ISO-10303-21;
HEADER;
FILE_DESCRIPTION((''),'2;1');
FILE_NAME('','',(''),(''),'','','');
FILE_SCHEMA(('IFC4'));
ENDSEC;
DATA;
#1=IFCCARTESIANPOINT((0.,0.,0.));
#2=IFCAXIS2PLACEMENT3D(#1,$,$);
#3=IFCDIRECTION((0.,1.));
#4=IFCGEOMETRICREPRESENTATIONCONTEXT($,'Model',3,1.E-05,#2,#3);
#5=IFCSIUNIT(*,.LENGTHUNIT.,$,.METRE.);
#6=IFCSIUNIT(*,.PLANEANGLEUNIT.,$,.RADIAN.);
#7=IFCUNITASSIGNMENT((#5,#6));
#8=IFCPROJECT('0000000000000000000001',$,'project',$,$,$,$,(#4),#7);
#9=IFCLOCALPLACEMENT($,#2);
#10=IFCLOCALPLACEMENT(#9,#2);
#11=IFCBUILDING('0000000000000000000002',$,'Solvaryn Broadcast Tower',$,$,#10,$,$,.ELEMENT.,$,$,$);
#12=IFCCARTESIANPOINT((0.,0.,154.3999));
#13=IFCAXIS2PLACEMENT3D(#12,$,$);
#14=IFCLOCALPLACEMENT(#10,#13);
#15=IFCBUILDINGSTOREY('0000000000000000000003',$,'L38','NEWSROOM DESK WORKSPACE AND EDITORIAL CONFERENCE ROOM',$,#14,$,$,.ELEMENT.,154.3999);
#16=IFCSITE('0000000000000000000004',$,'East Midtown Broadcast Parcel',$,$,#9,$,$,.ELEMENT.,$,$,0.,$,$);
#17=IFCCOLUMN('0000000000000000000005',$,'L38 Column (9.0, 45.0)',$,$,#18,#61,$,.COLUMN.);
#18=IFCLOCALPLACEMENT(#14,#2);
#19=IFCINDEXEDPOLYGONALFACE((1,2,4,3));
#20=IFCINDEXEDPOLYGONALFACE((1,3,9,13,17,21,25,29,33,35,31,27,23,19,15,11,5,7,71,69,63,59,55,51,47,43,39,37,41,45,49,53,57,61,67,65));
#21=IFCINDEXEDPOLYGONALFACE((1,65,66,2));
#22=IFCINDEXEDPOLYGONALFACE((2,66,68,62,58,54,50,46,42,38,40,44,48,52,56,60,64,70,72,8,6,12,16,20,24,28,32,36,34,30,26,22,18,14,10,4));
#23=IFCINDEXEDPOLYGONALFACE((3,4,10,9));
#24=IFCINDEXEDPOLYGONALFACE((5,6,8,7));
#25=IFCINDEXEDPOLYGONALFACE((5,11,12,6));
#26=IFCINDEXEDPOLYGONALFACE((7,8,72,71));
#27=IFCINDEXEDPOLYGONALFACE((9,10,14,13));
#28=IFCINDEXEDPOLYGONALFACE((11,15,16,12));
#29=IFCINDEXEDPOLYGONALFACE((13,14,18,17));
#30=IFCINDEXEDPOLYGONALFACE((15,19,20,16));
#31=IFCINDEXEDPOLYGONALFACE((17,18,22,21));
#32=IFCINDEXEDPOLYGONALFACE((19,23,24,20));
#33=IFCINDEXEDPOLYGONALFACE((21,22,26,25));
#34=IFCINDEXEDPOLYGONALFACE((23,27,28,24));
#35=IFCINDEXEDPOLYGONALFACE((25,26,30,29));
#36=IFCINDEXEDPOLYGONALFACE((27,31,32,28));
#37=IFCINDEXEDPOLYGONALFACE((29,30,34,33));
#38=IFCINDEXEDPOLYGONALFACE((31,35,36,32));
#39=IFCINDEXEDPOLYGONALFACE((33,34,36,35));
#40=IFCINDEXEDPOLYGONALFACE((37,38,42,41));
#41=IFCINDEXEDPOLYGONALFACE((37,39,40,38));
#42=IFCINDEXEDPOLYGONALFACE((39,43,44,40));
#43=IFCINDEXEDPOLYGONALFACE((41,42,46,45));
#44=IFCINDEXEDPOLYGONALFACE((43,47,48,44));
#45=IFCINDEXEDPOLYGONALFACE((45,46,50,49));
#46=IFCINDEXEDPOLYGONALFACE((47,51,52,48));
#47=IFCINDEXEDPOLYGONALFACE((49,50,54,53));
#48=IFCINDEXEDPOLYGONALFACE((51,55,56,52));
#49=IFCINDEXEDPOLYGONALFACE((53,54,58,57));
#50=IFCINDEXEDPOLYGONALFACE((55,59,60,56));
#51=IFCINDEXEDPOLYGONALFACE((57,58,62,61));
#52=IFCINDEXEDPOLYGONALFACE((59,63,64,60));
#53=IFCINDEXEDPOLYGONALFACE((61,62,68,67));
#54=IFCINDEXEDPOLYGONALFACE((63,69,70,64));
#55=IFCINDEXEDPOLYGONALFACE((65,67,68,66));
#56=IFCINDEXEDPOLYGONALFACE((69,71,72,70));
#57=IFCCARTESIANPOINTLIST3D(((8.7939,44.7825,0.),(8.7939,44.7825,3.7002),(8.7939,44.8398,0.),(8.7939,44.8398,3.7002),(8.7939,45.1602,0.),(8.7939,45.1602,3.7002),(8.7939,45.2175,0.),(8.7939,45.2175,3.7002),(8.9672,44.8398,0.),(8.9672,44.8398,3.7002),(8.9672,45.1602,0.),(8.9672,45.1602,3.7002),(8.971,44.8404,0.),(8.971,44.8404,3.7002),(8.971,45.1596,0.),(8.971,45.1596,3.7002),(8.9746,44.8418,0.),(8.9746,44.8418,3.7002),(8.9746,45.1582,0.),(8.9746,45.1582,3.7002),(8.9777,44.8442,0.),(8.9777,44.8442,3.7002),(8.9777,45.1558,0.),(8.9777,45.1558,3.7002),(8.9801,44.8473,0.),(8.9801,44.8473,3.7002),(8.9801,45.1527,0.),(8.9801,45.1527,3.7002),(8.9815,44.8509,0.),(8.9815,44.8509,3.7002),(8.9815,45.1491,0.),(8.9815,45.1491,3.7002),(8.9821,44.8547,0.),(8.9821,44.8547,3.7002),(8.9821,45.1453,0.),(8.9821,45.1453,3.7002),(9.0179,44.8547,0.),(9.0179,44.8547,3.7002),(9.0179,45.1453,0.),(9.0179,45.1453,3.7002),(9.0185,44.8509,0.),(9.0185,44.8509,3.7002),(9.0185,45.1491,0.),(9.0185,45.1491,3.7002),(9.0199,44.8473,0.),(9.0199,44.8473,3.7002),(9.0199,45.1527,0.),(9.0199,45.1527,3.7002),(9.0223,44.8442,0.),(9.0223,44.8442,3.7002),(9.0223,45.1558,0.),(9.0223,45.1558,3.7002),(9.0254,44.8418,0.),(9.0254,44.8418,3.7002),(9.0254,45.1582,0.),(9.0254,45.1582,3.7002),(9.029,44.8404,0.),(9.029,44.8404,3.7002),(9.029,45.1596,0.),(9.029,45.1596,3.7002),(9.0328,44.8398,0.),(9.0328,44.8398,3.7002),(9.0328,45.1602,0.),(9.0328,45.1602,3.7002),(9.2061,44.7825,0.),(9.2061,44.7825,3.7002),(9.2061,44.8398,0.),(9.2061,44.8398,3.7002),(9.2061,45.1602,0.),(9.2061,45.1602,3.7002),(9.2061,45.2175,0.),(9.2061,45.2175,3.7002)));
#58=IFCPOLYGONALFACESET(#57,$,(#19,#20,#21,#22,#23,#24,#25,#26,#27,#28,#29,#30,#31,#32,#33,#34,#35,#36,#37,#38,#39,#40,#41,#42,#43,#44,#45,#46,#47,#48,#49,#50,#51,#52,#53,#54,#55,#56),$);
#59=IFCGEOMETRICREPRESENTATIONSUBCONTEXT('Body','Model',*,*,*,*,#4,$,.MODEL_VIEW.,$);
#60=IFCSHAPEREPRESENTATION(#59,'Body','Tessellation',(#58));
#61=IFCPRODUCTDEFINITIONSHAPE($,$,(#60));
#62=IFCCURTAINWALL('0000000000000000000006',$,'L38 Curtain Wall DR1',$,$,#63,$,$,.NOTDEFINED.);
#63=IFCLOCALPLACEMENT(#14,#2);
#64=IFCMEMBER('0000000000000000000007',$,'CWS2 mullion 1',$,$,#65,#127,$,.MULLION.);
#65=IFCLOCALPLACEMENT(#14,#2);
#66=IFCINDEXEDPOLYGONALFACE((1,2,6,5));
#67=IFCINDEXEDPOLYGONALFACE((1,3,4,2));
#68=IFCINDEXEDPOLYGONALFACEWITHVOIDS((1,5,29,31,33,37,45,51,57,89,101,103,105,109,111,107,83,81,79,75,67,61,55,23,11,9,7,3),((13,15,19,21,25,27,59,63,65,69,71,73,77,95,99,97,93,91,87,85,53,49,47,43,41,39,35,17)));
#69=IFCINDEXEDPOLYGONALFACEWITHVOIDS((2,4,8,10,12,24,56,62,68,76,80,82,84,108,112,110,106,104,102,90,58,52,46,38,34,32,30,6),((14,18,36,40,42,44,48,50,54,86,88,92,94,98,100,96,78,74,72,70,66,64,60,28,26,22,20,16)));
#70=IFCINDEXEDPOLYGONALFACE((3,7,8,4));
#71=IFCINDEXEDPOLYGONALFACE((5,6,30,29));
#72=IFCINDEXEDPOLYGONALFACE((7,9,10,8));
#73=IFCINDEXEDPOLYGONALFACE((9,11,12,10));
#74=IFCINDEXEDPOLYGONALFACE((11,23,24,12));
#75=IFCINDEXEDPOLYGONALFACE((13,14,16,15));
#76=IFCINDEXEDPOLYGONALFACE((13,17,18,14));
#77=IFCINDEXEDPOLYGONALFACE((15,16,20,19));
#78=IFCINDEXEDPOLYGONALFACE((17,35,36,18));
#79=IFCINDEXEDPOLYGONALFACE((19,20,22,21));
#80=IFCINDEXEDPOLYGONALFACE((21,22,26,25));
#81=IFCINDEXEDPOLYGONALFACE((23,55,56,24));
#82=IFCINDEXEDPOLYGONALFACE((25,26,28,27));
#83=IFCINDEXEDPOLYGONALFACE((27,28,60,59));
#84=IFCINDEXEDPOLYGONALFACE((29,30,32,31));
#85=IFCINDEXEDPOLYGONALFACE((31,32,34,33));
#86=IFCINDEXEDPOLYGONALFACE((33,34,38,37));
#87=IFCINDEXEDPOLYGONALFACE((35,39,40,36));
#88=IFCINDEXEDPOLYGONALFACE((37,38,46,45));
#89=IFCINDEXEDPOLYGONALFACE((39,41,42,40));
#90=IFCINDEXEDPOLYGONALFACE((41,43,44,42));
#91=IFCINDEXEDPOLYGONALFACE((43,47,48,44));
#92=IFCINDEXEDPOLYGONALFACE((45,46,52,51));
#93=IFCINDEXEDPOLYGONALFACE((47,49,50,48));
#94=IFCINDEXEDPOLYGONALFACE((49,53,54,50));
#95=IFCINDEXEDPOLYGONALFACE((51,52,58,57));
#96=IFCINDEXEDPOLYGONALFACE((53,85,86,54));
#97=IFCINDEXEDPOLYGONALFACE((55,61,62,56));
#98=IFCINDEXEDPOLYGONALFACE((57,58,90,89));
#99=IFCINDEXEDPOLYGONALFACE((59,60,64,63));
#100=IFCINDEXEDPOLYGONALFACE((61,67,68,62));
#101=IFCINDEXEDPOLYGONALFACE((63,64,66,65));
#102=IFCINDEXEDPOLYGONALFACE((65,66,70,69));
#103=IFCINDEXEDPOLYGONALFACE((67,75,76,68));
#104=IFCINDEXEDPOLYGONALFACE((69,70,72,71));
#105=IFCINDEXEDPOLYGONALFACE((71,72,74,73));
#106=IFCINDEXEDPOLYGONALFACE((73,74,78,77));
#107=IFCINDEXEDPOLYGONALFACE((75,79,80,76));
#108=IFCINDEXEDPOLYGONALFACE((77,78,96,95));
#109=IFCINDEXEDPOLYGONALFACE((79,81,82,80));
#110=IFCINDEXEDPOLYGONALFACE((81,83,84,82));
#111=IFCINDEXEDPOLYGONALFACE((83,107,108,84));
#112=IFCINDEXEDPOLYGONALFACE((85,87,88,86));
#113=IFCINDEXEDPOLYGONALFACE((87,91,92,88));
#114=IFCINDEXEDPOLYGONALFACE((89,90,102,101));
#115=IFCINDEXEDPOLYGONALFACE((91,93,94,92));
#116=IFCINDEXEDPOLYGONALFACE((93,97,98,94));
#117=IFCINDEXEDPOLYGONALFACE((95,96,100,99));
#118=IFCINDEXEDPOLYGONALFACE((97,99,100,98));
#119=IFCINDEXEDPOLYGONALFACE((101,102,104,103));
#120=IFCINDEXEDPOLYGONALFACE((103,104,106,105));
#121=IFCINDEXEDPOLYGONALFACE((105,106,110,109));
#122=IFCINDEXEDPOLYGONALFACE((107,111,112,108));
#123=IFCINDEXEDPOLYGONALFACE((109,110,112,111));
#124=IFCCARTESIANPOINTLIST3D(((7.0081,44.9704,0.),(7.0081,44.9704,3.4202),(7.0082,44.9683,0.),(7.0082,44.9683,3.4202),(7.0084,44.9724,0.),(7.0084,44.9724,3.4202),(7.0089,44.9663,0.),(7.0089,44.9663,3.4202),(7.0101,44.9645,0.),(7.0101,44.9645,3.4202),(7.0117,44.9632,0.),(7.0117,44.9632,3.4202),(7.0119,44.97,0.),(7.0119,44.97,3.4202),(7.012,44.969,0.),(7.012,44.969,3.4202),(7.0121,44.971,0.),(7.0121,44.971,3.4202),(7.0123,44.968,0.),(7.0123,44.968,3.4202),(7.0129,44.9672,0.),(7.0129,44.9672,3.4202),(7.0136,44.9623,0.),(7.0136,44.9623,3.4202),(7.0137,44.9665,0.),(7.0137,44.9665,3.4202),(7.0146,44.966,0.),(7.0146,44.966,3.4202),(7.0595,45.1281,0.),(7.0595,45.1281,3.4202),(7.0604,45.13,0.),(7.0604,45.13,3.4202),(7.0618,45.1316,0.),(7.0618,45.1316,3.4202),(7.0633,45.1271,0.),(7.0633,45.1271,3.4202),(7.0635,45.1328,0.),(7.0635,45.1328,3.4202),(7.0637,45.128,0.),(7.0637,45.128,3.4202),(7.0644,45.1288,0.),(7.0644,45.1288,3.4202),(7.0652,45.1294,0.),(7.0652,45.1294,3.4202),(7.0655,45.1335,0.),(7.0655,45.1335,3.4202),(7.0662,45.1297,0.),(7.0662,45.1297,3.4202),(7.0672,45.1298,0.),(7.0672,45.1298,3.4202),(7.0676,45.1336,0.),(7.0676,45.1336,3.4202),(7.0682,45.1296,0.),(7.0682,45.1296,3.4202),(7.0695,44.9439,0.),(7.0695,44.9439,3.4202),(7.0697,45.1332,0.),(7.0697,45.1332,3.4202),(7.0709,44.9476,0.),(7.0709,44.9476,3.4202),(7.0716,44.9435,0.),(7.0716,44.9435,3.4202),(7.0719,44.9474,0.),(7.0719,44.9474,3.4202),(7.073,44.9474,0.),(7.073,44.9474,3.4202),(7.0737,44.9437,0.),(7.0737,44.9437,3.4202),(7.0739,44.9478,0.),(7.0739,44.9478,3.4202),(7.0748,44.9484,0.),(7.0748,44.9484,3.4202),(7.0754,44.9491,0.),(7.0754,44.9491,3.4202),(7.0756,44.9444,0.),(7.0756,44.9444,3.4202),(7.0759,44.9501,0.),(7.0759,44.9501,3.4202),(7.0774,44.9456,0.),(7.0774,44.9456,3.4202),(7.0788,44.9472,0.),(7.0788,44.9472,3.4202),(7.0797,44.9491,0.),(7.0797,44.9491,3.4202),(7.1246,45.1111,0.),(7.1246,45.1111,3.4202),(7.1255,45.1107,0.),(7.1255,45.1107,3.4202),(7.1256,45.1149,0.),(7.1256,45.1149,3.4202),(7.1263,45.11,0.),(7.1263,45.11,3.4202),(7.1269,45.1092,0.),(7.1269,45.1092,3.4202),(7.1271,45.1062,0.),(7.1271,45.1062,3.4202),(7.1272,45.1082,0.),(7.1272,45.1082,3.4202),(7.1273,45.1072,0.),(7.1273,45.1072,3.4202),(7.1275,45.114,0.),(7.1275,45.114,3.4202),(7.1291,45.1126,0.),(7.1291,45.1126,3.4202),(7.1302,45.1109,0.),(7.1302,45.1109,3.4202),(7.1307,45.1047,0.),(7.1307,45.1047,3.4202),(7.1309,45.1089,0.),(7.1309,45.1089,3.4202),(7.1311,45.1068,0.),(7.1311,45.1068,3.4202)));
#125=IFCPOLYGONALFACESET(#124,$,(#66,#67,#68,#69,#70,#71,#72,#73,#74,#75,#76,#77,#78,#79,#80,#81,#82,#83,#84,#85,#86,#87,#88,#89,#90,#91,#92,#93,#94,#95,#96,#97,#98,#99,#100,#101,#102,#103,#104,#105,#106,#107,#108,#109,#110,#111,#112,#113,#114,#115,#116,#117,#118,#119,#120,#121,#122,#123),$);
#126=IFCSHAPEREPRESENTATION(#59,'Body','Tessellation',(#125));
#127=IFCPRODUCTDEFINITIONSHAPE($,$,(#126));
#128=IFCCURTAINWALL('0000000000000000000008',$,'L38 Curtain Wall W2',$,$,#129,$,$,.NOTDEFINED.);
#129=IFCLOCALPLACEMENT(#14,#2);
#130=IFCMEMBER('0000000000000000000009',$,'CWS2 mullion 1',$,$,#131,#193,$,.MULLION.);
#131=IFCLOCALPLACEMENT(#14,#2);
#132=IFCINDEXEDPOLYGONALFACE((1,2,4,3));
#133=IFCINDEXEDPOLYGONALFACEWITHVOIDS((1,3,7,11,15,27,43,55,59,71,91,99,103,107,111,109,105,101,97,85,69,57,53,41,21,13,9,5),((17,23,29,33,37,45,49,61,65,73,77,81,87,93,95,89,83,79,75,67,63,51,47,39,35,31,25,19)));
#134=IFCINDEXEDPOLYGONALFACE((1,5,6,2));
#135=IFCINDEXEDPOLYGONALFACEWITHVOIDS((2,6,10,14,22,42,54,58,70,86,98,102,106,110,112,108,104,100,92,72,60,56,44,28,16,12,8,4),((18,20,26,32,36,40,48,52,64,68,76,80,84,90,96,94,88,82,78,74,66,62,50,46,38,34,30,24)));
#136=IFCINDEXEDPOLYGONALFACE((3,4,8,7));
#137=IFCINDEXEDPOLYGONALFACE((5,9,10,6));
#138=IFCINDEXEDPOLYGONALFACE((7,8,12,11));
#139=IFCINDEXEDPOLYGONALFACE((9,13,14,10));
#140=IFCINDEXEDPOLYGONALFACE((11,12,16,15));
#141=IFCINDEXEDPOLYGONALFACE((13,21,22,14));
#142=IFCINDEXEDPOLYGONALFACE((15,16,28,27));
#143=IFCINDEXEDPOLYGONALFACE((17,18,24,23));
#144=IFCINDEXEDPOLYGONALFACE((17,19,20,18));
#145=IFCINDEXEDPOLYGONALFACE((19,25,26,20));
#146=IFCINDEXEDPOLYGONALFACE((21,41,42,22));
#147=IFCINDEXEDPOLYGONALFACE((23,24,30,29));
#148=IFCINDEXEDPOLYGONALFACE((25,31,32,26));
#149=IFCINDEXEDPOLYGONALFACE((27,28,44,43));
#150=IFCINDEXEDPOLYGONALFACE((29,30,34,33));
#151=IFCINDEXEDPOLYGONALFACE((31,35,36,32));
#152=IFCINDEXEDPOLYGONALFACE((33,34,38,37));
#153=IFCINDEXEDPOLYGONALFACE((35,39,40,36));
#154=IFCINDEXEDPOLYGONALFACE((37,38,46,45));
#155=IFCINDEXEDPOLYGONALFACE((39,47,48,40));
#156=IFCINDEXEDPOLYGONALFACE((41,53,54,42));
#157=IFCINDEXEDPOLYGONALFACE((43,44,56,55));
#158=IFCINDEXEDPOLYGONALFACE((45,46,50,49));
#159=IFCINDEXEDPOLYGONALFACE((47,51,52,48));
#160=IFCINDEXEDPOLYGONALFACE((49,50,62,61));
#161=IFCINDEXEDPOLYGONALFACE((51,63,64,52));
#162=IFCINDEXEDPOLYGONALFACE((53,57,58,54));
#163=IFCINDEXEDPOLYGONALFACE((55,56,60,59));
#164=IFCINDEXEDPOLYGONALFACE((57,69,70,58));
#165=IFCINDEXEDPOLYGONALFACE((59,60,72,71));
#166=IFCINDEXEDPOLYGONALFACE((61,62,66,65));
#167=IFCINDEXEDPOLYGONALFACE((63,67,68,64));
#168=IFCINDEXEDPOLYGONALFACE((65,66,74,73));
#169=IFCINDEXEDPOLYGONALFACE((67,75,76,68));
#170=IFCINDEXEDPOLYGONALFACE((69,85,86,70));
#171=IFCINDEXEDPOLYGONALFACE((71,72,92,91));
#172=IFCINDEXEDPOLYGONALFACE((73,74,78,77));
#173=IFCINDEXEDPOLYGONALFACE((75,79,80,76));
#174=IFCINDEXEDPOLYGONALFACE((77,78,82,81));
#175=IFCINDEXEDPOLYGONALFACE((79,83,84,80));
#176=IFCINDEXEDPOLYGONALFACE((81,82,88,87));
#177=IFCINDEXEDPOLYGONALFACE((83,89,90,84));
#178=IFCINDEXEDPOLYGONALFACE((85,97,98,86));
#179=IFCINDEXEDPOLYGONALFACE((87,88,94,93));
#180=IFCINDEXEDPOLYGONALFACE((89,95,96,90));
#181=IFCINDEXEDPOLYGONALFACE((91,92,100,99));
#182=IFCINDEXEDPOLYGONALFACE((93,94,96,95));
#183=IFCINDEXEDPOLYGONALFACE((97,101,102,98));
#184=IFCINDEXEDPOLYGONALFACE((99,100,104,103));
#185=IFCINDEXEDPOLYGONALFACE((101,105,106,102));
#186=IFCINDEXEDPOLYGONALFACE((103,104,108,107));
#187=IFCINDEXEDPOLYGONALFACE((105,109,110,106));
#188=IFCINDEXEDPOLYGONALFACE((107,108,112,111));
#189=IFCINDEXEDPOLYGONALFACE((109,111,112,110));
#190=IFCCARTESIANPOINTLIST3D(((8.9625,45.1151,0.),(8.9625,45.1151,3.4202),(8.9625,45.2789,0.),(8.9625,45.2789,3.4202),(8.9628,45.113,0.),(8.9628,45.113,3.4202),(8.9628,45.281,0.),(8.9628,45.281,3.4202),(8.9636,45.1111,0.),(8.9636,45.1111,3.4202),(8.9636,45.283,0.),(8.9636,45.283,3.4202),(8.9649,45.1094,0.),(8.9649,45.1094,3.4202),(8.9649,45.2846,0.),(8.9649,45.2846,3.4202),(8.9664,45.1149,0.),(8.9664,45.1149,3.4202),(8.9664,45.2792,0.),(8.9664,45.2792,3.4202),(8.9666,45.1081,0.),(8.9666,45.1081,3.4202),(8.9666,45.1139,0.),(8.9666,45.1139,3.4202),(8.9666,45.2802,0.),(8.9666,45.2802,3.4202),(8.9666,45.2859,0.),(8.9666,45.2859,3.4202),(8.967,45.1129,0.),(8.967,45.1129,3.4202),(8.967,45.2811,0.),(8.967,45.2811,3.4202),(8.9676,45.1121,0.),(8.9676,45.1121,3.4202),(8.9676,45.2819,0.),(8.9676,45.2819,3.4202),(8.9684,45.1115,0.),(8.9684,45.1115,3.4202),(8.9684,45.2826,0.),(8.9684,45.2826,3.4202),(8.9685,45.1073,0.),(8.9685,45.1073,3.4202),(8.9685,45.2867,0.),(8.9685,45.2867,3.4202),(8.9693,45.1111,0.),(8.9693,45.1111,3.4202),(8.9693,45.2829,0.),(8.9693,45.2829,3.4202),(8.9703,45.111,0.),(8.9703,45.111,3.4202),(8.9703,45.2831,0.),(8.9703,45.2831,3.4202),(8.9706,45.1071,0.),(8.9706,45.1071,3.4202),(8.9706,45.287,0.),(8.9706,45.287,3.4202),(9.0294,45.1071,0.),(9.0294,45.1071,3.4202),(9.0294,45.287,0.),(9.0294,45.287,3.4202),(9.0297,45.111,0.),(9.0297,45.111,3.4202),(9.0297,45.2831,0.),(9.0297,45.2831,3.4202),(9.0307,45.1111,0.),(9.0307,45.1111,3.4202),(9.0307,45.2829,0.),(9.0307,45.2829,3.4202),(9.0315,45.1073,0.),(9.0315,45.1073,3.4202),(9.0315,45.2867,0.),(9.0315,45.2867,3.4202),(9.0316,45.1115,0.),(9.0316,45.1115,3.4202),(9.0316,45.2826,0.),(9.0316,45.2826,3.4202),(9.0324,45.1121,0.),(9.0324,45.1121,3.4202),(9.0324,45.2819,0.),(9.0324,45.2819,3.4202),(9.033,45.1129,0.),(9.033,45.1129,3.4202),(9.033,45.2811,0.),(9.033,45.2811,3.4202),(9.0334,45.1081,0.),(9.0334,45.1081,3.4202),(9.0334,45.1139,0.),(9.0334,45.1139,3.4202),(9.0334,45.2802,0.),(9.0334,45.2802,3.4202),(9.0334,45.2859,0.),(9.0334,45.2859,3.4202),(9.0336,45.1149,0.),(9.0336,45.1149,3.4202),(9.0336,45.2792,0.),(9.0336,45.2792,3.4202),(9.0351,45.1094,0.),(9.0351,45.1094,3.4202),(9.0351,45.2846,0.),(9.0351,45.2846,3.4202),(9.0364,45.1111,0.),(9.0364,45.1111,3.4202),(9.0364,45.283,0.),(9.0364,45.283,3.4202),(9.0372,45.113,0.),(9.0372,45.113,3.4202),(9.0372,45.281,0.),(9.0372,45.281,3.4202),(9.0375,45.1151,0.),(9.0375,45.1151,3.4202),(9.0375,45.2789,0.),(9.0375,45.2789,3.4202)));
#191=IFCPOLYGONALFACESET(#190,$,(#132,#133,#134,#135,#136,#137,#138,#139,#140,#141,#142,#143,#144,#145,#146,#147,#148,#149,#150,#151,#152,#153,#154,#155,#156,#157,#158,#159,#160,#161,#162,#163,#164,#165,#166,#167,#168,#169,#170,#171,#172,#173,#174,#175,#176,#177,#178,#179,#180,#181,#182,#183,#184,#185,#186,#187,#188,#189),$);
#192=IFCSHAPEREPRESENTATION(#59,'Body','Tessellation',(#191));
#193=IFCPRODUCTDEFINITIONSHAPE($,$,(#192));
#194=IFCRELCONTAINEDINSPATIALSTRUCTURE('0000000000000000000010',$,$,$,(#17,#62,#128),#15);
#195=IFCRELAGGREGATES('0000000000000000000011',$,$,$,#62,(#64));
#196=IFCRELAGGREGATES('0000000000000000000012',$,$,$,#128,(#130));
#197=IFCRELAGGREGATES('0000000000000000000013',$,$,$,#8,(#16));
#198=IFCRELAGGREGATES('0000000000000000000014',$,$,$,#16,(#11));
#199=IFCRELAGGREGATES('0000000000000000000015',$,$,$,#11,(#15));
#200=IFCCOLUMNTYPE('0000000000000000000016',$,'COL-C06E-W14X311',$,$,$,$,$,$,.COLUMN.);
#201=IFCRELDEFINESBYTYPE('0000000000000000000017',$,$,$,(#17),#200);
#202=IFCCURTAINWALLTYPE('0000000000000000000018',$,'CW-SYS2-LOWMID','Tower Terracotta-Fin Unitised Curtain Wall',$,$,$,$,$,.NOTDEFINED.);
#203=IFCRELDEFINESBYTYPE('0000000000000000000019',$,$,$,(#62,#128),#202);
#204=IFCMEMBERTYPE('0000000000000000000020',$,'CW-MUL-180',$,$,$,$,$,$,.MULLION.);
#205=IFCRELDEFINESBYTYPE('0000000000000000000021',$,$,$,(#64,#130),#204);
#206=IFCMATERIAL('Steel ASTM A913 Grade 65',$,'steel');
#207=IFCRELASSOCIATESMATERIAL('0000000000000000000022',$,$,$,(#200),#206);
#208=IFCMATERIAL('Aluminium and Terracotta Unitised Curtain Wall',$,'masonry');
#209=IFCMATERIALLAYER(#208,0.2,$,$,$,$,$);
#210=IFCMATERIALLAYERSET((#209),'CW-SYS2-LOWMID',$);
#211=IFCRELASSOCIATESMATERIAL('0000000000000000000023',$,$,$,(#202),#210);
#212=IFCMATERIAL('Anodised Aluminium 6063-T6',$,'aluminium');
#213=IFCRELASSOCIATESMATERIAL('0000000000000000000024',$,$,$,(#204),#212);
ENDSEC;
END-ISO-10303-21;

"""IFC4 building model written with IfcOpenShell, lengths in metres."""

from ifc_helpers import new_model, si_unit, direction, frame, origin, origin_2d, place, context, subcontext, project, spatial, hollow_rectangle, i_section, extrude, material, layer, layer_set, material_profile, profile_set, type_object, element, aggregate, save


model = new_model("IFC4")

# Units and contexts
model_context = context("Model", 3, precision=1e-05, world=origin(), true_north=direction((0.0, 1.0)))
body_context = subcontext(model_context, "Body", "Model", "MODEL_VIEW")
ifc_project = project(units=[si_unit("LENGTHUNIT", "METRE"), si_unit("PLANEANGLEUNIT", "RADIAN")], contexts=[model_context])

# Site, building, storey
site_placement = place(None, origin())
site = spatial("IfcSite", under=ifc_project, at=site_placement, Name="East Midtown Broadcast Parcel", CompositionType="ELEMENT", RefElevation=0.0)
building_placement = place(site_placement, origin())
building = spatial("IfcBuilding", under=site, at=building_placement, Name="Solvaryn Broadcast Tower", CompositionType="ELEMENT")
storey_placement = place(building_placement, frame((0.0, 0.0, 154.3999)))
storey = spatial("IfcBuildingStorey", under=building, at=storey_placement, Name="L38", Description="NEWSROOM DESK WORKSPACE AND EDITORIAL CONFERENCE ROOM", CompositionType="ELEMENT", Elevation=154.3999)

# Column
ifc_material_1 = material(Name="Steel ASTM A913 Grade 65", Category="steel")
ifc_material_profile_1 = material_profile(ifc_material_1, i_section(OverallWidth=0.4121, OverallDepth=0.4351, WebThickness=0.0359, FlangeThickness=0.0574, FilletRadius=0.0149, at=origin_2d()))
ifc_profile_set_1 = profile_set([ifc_material_profile_1], Name="Steel ASTM A913 Grade 65")
column_type = type_object("IfcColumnType", Name="COL-C06E-W14X311", PredefinedType="COLUMN", material=ifc_profile_set_1)
column_placement = place(storey_placement, frame((9.0, 45.0, 0.0), z_axis=(0.0, 0.0, 1.0), x_axis=(1.0, 0.0, 0.0)))
element("IfcColumn", 1, at=column_placement, inside=storey, type_object=column_type, Name="L38 Column (9.0, 45.0)", PredefinedType="COLUMN", context=body_context, shape_type="SweptSolid", body=[
    extrude(i_section(OverallWidth=0.4121, OverallDepth=0.4351, WebThickness=0.0359, FlangeThickness=0.0574, FilletRadius=0.0149, at=origin_2d()), origin(), (0.0, 0.0, 1.0), 3.7002),
])

# Curtain wall, member
ifc_material_2 = material(Name="Aluminium and Terracotta Unitised Curtain Wall", Category="masonry")
ifc_layer_1 = layer(ifc_material_2, 0.2)
ifc_layer_set_1 = layer_set([ifc_layer_1], Name="CW-SYS2-LOWMID")
curtain_wall_type = type_object("IfcCurtainWallType", Name="CW-SYS2-LOWMID", Description="Tower Terracotta-Fin Unitised Curtain Wall", PredefinedType="NOTDEFINED", material=ifc_layer_set_1)
curtain_wall_1_placement = place(storey_placement, origin())
curtain_wall_1 = element("IfcCurtainWall", 2, at=curtain_wall_1_placement, inside=storey, type_object=curtain_wall_type, Name="L38 Curtain Wall DR1", PredefinedType="NOTDEFINED")
ifc_material_3 = material(Name="Anodised Aluminium 6063-T6", Category="aluminium")
ifc_material_profile_2 = material_profile(ifc_material_3, hollow_rectangle(XDim=0.075, YDim=0.1799, WallThickness=0.0039, InnerFilletRadius=0.0039, OuterFilletRadius=0.0081, at=origin_2d()))
ifc_profile_set_2 = profile_set([ifc_material_profile_2], Name="Anodised Aluminium 6063-T6")
member_type_1 = type_object("IfcMemberType", Name="CW-MUL-180", PredefinedType="MULLION", material=ifc_profile_set_2)
member_1_placement = place(storey_placement, frame((7.0696, 45.0386, 0.0), z_axis=(0.0, 0.0, 1.0), x_axis=(0.950198, -0.311646, 0.0)))
member_1 = element("IfcMember", 3, at=member_1_placement, type_object=member_type_1, Name="CWS2 mullion 1", PredefinedType="MULLION", context=body_context, shape_type="SweptSolid", body=[
    extrude(hollow_rectangle(XDim=0.075, YDim=0.1799, WallThickness=0.0039, InnerFilletRadius=0.0039, OuterFilletRadius=0.0081, at=origin_2d()), origin(), (0.0, 0.0, 1.0), 3.4202),
])

# Curtain wall, member
curtain_wall_2_placement = place(storey_placement, origin())
curtain_wall_2 = element("IfcCurtainWall", 4, at=curtain_wall_2_placement, inside=storey, type_object=curtain_wall_type, Name="L38 Curtain Wall W2", PredefinedType="NOTDEFINED")
member_2_placement = place(storey_placement, frame((9.0, 45.197, 0.0), z_axis=(0.0, 0.0, 1.0), x_axis=(-1.0, 0.0, 0.0)))
member_2 = element("IfcMember", 5, at=member_2_placement, type_object=member_type_1, Name="CWS2 mullion 1", PredefinedType="MULLION", context=body_context, shape_type="SweptSolid", body=[
    extrude(hollow_rectangle(XDim=0.075, YDim=0.1799, WallThickness=0.0039, InnerFilletRadius=0.0039, OuterFilletRadius=0.0081, at=origin_2d()), origin(), (0.0, 0.0, 1.0), 3.4202),
])

aggregate(curtain_wall_1, [member_1])

aggregate(curtain_wall_2, [member_2])

save(model, "model.ifc")
